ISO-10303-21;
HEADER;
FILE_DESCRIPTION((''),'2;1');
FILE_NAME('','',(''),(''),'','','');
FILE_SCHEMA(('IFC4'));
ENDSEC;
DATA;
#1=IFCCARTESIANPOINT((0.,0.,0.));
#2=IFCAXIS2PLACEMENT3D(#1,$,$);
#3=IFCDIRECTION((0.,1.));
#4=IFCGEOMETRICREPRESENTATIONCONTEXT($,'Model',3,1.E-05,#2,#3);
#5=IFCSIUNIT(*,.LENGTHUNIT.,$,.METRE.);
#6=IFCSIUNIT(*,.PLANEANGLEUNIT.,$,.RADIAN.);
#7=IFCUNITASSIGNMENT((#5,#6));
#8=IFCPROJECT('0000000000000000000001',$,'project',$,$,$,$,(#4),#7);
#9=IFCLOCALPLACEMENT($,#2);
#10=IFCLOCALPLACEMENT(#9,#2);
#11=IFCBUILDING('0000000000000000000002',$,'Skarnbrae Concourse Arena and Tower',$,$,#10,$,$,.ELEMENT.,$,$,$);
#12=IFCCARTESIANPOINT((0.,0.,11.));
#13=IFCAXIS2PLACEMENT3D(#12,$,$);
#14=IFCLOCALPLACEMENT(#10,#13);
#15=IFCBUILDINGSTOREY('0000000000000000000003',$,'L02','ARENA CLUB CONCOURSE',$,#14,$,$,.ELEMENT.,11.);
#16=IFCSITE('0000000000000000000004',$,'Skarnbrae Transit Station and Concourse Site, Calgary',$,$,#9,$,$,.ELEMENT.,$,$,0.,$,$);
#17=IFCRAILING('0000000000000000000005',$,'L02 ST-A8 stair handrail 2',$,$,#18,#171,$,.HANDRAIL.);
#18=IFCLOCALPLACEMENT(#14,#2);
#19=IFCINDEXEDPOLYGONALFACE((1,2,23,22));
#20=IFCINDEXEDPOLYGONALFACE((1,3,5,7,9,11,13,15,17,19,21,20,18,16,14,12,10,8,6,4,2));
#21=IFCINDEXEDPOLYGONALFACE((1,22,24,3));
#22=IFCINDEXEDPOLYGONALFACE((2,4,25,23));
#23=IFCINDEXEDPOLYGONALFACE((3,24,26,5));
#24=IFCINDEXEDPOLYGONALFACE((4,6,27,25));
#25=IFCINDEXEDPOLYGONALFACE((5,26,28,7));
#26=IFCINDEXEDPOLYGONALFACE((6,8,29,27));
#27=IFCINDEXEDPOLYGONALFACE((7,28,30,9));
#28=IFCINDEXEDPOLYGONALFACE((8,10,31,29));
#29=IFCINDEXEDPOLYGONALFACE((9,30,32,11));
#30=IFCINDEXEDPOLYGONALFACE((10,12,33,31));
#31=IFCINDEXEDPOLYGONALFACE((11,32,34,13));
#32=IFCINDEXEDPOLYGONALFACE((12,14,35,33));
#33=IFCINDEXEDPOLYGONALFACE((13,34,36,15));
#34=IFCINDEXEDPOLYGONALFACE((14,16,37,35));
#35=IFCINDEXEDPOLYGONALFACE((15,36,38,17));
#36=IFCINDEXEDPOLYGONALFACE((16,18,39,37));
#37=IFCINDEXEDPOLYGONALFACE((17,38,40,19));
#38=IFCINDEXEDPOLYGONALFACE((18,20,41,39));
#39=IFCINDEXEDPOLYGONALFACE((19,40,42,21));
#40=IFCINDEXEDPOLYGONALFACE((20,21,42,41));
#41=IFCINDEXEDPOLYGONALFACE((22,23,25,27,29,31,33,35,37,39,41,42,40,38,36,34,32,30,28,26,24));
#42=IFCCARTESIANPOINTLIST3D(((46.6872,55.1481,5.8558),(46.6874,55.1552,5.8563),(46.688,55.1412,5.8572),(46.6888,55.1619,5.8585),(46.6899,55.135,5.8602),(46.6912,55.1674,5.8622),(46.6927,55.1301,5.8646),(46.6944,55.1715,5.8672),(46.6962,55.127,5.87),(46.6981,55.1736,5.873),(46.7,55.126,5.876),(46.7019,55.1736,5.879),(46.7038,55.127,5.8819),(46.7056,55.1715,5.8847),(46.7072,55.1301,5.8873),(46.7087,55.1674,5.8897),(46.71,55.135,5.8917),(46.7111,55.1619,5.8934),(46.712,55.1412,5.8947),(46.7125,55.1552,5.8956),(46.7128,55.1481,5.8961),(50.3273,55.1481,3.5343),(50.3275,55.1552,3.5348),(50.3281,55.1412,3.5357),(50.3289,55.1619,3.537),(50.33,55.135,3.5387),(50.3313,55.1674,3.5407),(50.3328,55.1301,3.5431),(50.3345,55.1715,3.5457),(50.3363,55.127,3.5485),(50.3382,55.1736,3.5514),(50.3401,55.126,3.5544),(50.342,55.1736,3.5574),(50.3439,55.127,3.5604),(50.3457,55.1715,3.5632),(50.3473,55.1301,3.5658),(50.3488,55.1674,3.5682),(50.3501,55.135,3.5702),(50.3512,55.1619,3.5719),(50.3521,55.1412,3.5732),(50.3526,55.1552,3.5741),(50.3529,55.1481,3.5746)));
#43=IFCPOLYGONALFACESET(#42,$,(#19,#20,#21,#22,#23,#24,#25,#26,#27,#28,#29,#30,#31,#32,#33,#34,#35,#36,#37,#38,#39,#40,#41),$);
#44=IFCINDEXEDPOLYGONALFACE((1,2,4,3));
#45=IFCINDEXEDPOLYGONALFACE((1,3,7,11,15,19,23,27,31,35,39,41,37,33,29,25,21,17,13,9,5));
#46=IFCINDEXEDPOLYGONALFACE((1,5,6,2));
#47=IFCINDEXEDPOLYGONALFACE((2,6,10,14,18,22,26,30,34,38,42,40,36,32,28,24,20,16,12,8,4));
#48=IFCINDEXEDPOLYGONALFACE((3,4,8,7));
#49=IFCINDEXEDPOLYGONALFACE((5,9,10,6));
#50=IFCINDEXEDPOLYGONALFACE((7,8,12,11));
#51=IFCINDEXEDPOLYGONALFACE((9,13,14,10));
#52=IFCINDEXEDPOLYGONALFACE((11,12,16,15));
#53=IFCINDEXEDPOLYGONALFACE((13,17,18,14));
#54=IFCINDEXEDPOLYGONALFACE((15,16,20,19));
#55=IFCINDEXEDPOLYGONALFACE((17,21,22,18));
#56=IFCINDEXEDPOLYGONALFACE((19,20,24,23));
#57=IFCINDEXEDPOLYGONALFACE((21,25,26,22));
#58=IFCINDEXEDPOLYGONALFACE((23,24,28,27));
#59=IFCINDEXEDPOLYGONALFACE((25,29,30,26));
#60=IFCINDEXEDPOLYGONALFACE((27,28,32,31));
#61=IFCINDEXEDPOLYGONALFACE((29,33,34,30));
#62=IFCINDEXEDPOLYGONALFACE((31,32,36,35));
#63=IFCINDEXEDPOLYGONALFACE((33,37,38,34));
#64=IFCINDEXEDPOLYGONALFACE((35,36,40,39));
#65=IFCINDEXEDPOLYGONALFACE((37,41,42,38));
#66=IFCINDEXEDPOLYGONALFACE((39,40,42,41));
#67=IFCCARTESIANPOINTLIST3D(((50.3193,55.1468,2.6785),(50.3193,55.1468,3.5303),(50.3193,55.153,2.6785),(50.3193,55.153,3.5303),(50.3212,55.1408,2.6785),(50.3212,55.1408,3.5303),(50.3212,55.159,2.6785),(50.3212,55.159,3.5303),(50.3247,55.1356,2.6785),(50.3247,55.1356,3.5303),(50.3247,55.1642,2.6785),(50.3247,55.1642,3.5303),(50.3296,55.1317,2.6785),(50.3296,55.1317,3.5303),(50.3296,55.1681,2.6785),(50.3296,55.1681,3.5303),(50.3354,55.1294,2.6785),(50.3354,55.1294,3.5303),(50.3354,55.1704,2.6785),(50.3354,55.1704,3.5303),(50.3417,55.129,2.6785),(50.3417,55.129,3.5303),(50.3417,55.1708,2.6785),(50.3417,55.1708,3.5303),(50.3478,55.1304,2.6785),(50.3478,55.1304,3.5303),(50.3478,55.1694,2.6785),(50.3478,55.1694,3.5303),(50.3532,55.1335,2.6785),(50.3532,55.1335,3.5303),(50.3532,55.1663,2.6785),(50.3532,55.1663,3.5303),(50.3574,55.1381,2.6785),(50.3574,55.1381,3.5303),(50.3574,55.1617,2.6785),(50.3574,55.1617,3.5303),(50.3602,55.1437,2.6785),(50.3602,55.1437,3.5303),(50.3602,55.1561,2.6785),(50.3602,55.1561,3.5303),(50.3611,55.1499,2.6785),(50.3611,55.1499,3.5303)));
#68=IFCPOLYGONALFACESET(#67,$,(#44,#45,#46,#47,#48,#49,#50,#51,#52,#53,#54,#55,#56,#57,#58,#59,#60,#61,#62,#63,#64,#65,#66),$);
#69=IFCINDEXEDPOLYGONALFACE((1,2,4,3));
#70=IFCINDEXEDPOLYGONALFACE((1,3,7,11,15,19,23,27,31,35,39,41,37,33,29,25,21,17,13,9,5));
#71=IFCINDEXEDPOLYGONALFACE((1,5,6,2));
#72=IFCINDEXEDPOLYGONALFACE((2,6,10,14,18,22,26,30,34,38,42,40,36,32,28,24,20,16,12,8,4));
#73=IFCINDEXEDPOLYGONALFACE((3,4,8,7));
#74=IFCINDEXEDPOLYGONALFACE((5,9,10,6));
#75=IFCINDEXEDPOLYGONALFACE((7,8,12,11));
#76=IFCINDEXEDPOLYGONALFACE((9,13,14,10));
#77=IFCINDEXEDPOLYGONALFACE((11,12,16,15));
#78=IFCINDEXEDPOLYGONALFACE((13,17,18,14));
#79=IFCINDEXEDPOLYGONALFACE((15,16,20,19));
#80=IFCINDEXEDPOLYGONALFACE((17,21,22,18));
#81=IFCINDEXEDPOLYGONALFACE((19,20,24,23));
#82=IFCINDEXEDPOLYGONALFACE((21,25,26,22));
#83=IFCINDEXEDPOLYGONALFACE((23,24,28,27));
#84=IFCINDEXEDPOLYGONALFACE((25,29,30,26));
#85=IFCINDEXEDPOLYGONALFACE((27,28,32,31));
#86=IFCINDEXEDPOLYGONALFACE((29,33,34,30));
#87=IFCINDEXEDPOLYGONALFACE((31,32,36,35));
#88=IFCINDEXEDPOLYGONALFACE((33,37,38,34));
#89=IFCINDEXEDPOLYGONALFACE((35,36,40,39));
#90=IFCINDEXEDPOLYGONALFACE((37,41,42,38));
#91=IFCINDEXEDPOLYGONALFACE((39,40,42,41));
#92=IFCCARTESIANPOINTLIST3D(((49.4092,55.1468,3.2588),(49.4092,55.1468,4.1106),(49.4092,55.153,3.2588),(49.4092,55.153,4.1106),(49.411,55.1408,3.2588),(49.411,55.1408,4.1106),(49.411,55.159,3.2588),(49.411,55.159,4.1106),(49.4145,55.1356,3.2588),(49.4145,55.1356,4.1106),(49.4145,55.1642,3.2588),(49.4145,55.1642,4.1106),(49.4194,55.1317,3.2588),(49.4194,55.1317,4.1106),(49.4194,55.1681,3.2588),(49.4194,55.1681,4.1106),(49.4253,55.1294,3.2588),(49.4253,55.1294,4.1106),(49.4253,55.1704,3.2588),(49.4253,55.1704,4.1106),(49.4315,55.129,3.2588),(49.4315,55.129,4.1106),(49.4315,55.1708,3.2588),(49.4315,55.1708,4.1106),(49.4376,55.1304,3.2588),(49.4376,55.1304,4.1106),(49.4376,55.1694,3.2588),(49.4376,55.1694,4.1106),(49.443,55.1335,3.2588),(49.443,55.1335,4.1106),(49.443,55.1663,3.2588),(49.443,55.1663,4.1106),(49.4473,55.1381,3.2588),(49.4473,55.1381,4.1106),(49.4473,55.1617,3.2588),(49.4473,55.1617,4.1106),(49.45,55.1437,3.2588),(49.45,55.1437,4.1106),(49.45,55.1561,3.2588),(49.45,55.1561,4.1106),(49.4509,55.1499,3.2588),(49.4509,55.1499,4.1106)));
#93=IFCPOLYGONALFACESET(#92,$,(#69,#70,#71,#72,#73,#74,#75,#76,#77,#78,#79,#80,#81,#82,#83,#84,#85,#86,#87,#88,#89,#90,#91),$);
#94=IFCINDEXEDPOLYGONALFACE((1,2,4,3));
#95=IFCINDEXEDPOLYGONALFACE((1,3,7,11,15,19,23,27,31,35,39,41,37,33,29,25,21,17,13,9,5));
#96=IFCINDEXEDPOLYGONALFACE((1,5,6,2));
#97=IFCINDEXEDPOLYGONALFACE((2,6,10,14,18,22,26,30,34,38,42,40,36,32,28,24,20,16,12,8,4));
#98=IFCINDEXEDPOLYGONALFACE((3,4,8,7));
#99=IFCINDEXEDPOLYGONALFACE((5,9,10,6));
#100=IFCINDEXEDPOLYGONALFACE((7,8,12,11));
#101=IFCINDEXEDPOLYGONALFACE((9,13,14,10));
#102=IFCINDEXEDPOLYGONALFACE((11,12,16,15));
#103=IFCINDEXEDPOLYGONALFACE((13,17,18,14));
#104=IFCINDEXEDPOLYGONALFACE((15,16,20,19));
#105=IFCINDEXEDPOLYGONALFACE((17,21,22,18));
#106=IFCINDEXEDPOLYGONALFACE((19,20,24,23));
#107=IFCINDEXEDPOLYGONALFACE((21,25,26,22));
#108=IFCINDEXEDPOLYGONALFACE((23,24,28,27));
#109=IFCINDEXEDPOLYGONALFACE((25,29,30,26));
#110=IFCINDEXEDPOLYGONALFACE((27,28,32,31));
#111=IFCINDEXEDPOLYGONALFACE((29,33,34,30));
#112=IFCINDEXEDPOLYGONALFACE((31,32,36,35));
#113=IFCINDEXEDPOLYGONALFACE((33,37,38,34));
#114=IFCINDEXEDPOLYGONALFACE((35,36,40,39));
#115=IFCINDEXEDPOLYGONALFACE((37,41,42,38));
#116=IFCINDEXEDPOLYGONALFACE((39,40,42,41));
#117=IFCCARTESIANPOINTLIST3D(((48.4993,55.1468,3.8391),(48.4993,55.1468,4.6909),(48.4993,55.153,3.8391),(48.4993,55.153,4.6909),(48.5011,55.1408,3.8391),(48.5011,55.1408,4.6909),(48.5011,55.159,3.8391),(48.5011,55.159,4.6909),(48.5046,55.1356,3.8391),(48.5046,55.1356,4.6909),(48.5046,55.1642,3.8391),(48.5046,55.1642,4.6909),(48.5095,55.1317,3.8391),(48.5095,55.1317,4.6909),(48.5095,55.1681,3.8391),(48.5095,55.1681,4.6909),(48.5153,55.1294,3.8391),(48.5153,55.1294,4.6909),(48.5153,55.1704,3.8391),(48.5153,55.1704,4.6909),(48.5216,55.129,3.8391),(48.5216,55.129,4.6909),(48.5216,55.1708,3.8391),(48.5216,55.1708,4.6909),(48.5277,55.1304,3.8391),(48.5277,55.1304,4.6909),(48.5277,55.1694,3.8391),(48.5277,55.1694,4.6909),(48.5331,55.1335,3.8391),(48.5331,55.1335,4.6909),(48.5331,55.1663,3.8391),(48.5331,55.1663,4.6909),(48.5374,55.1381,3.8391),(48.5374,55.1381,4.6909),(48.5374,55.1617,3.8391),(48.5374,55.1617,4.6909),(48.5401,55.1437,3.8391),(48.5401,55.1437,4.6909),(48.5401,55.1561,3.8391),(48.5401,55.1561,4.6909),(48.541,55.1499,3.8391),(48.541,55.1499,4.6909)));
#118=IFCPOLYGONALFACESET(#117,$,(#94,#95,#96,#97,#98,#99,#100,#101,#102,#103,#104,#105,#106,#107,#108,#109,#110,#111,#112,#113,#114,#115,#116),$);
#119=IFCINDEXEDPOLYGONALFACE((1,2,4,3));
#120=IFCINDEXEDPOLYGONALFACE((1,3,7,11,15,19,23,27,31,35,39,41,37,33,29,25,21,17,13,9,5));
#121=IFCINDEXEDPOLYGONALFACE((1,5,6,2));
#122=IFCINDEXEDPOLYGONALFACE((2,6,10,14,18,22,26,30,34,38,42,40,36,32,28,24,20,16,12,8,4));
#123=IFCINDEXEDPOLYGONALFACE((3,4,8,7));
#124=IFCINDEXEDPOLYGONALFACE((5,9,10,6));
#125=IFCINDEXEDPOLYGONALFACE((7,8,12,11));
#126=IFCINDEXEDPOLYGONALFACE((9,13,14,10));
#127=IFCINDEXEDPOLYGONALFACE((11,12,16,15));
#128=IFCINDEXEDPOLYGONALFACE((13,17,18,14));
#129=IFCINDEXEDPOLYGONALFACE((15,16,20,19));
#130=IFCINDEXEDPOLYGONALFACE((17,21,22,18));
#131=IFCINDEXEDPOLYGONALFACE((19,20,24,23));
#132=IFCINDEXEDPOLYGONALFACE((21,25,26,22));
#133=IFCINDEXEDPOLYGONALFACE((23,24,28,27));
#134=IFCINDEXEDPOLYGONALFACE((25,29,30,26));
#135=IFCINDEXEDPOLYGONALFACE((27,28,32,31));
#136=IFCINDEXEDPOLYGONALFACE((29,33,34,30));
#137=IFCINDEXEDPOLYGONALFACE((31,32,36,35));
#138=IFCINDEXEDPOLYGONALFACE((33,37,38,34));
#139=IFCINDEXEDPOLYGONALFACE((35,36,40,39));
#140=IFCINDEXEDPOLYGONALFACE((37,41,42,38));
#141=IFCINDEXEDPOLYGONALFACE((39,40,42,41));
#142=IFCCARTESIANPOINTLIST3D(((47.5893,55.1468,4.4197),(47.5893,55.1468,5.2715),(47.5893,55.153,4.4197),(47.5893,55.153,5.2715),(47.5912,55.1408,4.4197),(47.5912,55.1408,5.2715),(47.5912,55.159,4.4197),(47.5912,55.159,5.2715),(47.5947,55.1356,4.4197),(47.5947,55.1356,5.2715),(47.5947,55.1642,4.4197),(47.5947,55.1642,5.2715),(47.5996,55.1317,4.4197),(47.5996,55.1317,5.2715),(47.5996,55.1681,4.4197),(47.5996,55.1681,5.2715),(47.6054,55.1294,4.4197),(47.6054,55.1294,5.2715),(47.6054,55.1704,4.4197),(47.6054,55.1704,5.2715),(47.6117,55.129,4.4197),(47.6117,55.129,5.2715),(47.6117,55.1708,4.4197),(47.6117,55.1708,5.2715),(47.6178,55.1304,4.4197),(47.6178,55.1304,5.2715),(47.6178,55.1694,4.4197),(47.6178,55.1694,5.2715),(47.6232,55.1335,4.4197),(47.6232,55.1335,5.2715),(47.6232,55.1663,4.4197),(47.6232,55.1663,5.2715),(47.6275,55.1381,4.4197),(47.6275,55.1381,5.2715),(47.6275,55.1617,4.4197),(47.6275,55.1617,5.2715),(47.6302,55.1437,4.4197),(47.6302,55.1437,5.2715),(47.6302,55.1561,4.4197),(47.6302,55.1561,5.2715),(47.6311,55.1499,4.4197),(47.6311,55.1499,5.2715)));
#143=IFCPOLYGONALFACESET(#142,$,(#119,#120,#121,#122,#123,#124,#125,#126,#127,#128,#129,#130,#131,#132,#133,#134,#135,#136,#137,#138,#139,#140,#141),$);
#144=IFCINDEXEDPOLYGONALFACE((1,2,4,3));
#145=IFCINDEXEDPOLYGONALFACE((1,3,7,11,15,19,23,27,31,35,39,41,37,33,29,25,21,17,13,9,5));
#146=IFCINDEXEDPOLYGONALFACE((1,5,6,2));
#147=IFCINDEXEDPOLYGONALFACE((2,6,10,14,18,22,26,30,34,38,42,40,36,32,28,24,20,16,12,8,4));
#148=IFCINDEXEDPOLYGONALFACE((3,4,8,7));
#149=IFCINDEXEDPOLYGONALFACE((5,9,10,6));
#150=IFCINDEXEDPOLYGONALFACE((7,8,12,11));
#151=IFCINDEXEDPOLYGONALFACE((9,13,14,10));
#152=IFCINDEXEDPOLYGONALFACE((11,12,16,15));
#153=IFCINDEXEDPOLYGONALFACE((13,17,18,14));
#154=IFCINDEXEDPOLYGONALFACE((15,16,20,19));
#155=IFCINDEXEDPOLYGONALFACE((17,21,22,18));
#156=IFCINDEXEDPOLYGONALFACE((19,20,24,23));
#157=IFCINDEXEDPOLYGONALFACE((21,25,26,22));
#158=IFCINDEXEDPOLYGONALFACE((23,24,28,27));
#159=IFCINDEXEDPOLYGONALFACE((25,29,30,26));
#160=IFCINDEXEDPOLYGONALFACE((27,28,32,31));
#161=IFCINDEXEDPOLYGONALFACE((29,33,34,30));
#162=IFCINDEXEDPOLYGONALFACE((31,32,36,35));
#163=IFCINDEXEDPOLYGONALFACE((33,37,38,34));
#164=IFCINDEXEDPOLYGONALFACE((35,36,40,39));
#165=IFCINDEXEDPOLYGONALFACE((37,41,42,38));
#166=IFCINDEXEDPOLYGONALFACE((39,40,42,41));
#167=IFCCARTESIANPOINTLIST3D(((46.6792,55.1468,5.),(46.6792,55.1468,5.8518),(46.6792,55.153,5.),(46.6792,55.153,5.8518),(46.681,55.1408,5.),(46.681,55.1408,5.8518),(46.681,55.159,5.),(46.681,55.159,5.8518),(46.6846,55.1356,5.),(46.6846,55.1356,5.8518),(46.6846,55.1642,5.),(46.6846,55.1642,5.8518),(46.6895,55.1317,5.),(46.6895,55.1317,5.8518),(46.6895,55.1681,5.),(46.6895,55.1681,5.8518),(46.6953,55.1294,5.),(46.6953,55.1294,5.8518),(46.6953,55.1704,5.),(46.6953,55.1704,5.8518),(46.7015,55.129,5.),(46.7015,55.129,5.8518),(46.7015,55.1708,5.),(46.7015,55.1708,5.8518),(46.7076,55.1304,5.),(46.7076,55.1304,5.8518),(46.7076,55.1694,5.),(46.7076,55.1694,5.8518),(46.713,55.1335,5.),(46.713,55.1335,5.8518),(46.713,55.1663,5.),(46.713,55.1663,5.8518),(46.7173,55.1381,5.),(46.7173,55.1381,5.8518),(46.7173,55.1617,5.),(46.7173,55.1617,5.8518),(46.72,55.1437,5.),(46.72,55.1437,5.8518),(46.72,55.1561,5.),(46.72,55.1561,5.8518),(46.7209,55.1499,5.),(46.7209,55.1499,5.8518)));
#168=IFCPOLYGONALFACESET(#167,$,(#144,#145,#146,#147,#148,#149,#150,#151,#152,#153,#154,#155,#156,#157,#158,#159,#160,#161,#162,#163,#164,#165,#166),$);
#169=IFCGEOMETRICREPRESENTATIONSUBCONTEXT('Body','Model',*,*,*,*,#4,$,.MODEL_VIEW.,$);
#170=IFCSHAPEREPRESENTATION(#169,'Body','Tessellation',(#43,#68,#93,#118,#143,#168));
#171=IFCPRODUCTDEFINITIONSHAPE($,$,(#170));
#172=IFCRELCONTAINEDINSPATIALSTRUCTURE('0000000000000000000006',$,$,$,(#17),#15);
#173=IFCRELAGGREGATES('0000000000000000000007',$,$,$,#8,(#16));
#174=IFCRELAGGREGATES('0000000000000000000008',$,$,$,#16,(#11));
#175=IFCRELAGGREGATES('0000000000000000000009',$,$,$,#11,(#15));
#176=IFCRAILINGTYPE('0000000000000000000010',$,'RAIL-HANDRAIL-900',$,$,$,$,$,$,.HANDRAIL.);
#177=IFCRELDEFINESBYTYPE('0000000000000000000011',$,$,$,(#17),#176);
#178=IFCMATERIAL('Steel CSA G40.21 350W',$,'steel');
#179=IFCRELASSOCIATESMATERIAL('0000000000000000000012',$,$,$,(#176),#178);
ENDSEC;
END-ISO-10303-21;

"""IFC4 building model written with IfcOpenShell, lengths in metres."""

from ifc_helpers import new_model, si_unit, direction, frame, origin, origin_2d, place, context, subcontext, project, spatial, circle, extrude, material, type_object, element, save


model = new_model("IFC4")

# Units and contexts
model_context = context("Model", 3, precision=1e-05, world=origin(), true_north=direction((0.0, 1.0)))
body_context = subcontext(model_context, "Body", "Model", "MODEL_VIEW")
ifc_project = project(units=[si_unit("LENGTHUNIT", "METRE"), si_unit("PLANEANGLEUNIT", "RADIAN")], contexts=[model_context])

# Site, building, storey
site_placement = place(None, origin())
site = spatial("IfcSite", under=ifc_project, at=site_placement, Name="Skarnbrae Transit Station and Concourse Site, Calgary", CompositionType="ELEMENT", RefElevation=0.0)
building_placement = place(site_placement, origin())
building = spatial("IfcBuilding", under=site, at=building_placement, Name="Skarnbrae Concourse Arena and Tower", CompositionType="ELEMENT")
storey_placement = place(building_placement, frame((0.0, 0.0, 11.0)))
storey = spatial("IfcBuildingStorey", under=building, at=storey_placement, Name="L02", Description="ARENA CLUB CONCOURSE", CompositionType="ELEMENT", Elevation=11.0)

# Shared definitions
ifc_material_1 = material(Name="Steel CSA G40.21 350W", Category="steel")

# Railing
railing_type_1 = type_object("IfcRailingType", Name="RAIL-HANDRAIL-900", PredefinedType="HANDRAIL", material=ifc_material_1)
railing_1_placement = place(storey_placement, frame((50.3401, 55.1499, 2.6785)))
element("IfcRailing", 1, at=railing_1_placement, inside=storey, type_object=railing_type_1, Name="L02 ST-A8 stair handrail 2", PredefinedType="HANDRAIL", context=body_context, shape_type="SweptSolid", body=[
    extrude(circle(Radius=0.0239, at=origin_2d()), frame((0.0, 0.0, 0.876), z_axis=(-0.843128, 0.0, 0.537713), x_axis=(0.0, -1.0, 0.0)), (0.0, 0.0, 1.0), 4.3174),
    extrude(circle(Radius=0.021, at=origin_2d()), origin(), (0.0, 0.0, 1.0), 0.8518),
    extrude(circle(Radius=0.021, at=origin_2d()), frame((-0.9102, 0.0, 0.5803)), (0.0, 0.0, 1.0), 0.8518),
    extrude(circle(Radius=0.021, at=origin_2d()), frame((-1.8201, 0.0, 1.1606)), (0.0, 0.0, 1.0), 0.8518),
    extrude(circle(Radius=0.021, at=origin_2d()), frame((-2.73, 0.0, 1.7412)), (0.0, 0.0, 1.0), 0.8518),
    extrude(circle(Radius=0.021, at=origin_2d()), frame((-3.6401, 0.0, 2.3215)), (0.0, 0.0, 1.0), 0.8518),
])

save(model, "model.ifc")
